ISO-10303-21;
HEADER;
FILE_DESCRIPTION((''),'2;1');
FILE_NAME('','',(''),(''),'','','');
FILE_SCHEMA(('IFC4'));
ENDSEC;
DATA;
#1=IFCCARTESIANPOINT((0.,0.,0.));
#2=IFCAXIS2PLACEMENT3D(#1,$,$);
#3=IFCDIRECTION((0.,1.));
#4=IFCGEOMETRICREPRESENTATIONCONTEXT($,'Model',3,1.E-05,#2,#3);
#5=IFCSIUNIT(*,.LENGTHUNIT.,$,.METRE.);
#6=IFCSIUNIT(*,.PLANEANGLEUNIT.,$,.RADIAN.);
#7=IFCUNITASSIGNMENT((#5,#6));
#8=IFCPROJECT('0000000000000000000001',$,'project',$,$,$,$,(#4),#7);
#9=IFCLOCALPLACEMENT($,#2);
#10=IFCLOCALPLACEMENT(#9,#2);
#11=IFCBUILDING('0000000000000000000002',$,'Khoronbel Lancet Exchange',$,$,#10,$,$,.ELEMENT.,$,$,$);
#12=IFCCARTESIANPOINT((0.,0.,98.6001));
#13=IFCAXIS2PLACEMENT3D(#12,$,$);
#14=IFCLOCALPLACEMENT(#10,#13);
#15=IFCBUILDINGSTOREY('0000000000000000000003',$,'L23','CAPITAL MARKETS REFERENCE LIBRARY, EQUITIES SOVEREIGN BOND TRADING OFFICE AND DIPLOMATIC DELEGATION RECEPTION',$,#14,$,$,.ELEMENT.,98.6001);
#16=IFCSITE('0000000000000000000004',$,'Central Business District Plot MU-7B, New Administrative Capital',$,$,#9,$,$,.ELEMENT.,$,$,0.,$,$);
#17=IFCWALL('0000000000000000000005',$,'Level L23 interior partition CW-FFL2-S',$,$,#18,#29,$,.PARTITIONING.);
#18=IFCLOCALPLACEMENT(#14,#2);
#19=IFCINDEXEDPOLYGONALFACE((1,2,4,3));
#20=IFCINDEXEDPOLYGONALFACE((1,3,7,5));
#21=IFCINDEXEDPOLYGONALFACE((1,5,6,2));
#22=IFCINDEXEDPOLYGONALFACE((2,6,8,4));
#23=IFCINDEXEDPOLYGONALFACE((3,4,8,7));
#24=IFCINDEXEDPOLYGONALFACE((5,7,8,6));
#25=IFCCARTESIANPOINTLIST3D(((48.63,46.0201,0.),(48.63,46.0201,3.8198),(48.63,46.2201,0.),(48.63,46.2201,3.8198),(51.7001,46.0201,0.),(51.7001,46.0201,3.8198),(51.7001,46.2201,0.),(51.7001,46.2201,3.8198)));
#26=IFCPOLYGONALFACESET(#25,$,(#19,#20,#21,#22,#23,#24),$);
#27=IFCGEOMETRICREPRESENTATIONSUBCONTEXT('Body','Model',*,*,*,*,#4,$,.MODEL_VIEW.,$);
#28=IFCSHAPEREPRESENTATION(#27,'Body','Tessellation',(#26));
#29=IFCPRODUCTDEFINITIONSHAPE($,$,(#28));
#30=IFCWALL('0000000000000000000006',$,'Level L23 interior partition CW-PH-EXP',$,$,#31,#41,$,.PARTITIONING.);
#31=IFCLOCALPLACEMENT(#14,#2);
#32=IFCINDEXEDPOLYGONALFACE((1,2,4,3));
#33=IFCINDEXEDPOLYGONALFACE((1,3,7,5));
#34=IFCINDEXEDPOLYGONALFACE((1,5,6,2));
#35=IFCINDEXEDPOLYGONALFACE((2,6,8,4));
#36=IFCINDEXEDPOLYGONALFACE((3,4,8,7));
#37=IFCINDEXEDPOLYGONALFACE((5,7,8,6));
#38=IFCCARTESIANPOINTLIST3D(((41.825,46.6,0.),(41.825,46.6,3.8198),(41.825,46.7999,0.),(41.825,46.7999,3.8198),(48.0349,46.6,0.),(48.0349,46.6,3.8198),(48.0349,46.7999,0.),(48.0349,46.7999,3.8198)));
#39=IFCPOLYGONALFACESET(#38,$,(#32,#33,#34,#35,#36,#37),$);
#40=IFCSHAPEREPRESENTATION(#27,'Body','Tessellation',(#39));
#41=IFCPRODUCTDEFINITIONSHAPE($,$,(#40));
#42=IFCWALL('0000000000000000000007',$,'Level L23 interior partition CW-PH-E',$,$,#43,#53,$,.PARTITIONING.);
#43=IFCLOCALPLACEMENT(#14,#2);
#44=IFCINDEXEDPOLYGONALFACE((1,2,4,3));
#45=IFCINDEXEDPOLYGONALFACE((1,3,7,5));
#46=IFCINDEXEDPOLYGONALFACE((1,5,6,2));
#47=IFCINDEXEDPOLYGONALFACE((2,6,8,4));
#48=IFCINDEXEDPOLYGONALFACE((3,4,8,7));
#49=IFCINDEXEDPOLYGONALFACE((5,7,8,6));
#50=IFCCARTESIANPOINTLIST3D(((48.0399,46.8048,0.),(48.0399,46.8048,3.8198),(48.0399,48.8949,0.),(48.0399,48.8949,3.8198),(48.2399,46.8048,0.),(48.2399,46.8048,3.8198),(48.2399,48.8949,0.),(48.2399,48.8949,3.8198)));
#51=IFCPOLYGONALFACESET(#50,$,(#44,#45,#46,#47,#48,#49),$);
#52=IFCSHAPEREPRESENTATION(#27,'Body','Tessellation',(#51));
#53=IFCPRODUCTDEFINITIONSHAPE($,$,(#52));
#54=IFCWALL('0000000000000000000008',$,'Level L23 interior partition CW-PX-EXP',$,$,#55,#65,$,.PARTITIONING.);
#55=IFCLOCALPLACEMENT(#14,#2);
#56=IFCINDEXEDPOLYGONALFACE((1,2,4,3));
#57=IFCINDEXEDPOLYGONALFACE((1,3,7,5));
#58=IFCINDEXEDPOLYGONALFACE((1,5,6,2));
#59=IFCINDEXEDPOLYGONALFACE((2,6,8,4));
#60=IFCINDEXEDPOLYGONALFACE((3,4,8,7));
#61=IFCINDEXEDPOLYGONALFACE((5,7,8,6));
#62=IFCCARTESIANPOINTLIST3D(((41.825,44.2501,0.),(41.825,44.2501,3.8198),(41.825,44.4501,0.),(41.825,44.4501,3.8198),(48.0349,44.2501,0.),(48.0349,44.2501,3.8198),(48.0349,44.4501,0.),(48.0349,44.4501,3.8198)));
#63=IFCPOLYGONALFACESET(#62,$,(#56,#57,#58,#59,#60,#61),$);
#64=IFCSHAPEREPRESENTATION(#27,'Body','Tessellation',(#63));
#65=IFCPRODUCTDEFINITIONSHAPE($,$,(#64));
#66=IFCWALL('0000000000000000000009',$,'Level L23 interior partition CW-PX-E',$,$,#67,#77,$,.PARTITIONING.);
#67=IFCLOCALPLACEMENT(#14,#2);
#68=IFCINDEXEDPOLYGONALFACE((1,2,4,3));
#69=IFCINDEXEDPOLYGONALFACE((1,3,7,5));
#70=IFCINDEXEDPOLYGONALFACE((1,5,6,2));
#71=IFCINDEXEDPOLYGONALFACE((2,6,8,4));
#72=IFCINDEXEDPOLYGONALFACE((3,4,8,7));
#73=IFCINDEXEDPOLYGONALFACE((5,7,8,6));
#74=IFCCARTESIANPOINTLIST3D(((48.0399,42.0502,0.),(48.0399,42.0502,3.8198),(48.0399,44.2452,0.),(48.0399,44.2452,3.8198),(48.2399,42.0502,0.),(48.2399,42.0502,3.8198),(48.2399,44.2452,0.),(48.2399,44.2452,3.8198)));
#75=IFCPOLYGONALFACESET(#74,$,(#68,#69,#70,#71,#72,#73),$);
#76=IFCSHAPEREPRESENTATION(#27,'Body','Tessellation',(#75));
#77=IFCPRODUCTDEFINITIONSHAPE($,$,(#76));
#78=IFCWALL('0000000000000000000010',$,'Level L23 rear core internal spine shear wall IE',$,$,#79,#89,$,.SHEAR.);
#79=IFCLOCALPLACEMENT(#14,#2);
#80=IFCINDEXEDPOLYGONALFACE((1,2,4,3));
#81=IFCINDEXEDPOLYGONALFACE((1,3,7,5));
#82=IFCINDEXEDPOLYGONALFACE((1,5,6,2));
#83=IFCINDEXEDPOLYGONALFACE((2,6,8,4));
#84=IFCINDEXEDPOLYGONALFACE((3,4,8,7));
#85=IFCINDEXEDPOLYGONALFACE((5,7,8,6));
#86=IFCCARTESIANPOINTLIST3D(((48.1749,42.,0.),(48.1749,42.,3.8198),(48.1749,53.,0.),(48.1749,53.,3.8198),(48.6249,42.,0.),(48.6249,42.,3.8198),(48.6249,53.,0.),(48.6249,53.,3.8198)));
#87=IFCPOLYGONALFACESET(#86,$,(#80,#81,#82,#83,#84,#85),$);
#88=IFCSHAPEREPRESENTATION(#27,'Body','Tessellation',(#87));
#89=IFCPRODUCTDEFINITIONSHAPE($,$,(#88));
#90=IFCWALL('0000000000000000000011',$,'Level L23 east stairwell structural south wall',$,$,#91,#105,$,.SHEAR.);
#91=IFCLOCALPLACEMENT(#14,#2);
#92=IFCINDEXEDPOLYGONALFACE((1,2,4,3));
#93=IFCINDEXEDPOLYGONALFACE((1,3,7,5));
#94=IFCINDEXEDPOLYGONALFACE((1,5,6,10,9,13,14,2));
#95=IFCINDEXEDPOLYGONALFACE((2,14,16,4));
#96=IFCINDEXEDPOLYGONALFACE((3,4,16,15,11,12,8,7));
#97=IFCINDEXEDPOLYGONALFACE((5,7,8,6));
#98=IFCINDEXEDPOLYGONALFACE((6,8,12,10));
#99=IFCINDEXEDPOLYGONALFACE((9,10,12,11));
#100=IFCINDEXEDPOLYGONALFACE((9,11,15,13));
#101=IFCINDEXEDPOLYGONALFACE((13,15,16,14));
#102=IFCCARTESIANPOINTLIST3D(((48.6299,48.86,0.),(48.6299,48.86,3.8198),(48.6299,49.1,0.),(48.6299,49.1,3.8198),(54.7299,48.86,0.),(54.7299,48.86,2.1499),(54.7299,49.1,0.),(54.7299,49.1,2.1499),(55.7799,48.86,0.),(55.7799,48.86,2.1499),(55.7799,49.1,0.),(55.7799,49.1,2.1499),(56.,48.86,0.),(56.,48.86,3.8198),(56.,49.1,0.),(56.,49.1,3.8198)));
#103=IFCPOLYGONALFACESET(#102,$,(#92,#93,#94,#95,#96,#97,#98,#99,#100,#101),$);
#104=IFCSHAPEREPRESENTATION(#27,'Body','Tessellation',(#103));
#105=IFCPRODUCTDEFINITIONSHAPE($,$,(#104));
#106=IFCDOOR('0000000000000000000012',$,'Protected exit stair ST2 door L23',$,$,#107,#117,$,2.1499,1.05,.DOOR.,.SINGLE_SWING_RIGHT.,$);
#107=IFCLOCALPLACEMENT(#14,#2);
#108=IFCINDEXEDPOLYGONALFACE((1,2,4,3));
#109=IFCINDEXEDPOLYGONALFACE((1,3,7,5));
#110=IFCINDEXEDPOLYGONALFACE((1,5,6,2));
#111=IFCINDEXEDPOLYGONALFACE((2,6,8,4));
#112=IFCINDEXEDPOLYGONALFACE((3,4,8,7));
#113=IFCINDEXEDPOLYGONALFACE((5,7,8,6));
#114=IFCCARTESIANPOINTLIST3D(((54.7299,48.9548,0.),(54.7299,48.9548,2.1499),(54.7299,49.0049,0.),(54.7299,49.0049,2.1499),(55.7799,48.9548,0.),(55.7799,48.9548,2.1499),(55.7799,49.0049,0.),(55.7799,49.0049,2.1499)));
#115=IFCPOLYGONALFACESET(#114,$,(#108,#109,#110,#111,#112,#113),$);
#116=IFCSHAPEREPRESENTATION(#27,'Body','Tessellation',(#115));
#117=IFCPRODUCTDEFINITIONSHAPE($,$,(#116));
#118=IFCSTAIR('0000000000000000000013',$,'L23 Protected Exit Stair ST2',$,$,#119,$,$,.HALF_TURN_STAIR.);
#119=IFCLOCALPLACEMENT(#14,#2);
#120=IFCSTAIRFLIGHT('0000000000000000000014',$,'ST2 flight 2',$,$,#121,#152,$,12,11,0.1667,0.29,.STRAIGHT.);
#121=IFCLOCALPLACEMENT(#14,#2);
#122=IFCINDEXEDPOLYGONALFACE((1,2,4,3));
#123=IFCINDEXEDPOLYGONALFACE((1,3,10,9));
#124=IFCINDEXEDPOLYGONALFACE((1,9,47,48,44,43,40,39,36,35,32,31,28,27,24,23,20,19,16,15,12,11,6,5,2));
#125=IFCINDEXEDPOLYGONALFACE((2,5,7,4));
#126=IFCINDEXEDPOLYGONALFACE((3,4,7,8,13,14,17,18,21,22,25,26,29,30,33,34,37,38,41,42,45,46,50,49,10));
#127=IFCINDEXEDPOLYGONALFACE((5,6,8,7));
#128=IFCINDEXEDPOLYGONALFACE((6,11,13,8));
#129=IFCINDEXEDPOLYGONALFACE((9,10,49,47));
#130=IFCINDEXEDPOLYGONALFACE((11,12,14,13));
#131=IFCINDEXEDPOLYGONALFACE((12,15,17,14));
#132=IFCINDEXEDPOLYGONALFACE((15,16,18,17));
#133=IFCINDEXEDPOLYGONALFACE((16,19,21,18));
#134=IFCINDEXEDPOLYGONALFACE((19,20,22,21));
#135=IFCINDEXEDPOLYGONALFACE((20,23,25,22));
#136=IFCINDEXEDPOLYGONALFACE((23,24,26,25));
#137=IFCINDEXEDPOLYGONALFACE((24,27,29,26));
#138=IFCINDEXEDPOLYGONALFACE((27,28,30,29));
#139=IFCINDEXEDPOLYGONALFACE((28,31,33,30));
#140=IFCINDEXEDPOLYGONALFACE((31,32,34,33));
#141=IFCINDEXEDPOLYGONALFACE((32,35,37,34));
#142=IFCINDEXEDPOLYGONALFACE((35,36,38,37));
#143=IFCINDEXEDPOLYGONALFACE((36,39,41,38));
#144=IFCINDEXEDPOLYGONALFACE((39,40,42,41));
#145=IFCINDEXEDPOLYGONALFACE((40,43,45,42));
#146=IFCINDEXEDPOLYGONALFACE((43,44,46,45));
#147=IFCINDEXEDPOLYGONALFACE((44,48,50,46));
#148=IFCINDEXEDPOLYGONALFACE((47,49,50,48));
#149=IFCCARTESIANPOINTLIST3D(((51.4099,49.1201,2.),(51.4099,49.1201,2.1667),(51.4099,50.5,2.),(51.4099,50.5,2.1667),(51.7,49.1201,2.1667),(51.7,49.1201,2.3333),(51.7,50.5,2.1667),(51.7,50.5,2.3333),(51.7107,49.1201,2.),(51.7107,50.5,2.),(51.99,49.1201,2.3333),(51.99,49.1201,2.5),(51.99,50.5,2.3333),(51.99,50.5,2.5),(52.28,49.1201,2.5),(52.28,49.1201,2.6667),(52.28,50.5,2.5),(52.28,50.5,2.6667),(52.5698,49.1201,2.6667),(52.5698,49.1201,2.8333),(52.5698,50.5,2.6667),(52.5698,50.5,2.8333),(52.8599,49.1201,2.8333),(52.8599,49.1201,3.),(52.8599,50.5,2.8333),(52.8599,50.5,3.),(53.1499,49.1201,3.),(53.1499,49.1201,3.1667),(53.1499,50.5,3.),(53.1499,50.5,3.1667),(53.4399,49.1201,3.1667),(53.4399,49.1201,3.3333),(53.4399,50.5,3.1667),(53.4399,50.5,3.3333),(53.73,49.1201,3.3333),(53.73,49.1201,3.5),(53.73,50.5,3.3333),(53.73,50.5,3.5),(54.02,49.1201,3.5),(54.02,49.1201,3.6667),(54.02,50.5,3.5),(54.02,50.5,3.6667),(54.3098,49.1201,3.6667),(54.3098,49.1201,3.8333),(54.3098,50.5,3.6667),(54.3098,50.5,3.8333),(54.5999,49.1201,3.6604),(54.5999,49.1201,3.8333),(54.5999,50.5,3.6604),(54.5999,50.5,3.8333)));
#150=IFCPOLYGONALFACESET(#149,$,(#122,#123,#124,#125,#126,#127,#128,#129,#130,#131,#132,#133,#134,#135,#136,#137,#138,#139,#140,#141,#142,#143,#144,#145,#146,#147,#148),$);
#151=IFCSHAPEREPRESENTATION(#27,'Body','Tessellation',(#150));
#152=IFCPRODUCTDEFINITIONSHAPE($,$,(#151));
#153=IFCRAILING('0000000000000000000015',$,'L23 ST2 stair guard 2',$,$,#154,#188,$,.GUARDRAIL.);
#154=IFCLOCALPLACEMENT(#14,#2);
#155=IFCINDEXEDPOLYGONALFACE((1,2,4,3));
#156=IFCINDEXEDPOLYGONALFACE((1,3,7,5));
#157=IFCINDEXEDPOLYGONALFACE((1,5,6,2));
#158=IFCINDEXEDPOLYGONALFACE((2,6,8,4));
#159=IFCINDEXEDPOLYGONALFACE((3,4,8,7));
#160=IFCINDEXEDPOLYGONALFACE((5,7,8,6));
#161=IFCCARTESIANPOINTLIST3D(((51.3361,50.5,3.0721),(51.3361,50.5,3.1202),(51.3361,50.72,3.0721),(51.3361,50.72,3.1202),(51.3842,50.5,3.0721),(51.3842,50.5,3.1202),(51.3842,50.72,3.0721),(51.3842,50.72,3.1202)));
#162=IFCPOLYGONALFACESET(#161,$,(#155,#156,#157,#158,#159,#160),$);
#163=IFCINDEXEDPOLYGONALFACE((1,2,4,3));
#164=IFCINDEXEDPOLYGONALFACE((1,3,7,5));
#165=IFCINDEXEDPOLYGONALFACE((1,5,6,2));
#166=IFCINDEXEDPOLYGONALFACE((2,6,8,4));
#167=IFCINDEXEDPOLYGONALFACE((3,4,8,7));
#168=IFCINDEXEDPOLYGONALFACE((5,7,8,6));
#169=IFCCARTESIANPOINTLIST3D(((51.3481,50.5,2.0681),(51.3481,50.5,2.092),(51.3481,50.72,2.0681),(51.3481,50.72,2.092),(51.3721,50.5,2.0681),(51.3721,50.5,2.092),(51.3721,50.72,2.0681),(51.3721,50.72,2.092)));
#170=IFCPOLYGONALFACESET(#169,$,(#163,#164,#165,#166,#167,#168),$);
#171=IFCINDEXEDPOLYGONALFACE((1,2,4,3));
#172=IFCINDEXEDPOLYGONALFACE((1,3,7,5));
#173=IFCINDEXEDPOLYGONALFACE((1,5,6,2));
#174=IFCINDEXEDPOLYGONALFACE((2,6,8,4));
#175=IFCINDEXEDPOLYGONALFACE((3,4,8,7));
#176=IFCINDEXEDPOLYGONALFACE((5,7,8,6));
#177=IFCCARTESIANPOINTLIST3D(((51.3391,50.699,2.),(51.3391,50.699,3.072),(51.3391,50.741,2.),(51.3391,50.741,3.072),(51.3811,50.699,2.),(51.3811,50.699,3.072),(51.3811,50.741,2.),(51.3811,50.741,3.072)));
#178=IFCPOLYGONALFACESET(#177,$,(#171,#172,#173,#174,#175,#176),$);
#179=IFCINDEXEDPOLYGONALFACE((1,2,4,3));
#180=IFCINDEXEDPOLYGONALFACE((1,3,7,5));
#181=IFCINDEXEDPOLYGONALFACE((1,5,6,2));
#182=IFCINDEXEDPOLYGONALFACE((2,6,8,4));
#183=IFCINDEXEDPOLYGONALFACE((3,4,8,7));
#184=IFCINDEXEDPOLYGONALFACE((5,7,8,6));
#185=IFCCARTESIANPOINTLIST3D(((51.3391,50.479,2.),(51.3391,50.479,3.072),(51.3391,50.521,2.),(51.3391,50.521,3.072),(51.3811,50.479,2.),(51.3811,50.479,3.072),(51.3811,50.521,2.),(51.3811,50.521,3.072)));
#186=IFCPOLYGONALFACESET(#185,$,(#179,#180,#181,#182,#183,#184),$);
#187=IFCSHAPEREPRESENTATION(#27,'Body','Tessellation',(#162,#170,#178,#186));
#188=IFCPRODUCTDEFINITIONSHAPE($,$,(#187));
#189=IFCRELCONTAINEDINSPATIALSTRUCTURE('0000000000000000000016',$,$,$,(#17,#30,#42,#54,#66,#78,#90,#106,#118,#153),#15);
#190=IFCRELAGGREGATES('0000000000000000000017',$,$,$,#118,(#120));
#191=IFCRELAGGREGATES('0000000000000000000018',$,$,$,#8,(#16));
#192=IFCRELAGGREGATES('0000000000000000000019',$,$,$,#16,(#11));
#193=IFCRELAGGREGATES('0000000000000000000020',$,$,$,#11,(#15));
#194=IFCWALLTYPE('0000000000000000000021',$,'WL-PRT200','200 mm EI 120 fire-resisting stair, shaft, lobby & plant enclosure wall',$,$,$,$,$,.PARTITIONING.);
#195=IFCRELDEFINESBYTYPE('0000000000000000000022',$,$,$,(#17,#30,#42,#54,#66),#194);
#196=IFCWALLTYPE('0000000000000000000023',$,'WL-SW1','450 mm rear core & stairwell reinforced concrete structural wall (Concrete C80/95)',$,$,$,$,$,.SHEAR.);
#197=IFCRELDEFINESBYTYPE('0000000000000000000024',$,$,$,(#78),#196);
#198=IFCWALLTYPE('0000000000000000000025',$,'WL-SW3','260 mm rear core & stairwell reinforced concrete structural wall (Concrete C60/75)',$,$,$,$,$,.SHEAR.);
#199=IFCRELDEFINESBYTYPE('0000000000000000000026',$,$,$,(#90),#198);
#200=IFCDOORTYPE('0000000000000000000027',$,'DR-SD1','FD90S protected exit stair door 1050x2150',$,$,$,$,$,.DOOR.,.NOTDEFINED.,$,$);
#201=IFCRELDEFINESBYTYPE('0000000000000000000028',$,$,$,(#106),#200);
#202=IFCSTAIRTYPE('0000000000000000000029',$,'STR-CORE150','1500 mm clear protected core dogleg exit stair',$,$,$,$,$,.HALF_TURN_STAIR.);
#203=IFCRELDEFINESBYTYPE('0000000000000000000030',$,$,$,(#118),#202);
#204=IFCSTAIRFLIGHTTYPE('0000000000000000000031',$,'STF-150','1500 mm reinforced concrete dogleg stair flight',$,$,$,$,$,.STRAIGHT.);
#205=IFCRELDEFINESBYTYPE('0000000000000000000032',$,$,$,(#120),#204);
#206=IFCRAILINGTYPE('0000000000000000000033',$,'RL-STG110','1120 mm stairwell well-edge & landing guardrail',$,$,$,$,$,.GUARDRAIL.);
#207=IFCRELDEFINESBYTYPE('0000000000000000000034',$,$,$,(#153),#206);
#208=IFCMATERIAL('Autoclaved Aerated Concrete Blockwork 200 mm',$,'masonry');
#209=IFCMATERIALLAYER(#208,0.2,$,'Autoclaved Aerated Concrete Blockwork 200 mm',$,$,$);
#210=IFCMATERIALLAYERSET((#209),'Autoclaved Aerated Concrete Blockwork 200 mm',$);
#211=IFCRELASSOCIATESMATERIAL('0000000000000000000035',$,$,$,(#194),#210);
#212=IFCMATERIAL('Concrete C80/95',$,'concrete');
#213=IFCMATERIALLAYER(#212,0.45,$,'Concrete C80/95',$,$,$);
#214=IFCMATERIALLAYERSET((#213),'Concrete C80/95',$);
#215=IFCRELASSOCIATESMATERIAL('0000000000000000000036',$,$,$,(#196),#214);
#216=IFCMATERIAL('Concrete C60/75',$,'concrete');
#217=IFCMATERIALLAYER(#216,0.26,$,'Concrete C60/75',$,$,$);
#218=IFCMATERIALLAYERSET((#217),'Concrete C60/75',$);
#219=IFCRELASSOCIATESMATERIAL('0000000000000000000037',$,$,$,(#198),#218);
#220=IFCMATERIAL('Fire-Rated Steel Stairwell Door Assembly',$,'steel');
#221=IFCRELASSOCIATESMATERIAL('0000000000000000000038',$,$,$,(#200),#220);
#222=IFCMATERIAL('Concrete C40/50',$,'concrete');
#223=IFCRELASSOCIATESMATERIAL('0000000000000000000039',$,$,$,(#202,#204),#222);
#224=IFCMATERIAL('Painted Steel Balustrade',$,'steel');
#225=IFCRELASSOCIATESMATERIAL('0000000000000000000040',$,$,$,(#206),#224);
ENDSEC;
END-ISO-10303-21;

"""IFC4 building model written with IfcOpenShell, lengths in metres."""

from ifc_helpers import new_model, si_unit, direction, frame, frame_2d, origin, origin_2d, place, context, subcontext, project, spatial, polyline, rectangle, outline, extrude, material, layer, layer_set, type_object, element, fill, aggregate, save


model = new_model("IFC4")

# Units and contexts
model_context = context("Model", 3, precision=1e-05, world=origin(), true_north=direction((0.0, 1.0)))
body_context = subcontext(model_context, "Body", "Model", "MODEL_VIEW")
ifc_project = project(units=[si_unit("LENGTHUNIT", "METRE"), si_unit("PLANEANGLEUNIT", "RADIAN")], contexts=[model_context])

# Site, building, storey
site_placement = place(None, origin())
site = spatial("IfcSite", under=ifc_project, at=site_placement, Name="Central Business District Plot MU-7B, New Administrative Capital", CompositionType="ELEMENT", RefElevation=0.0)
building_placement = place(site_placement, origin())
building = spatial("IfcBuilding", under=site, at=building_placement, Name="Khoronbel Lancet Exchange", CompositionType="ELEMENT")
storey_placement = place(building_placement, frame((0.0, 0.0, 98.6001)))
storey = spatial("IfcBuildingStorey", under=building, at=storey_placement, Name="L23", Description="CAPITAL MARKETS REFERENCE LIBRARY, EQUITIES SOVEREIGN BOND TRADING OFFICE AND DIPLOMATIC DELEGATION RECEPTION", CompositionType="ELEMENT", Elevation=98.6001)

# Walls
ifc_material_1 = material(Name="Autoclaved Aerated Concrete Blockwork 200 mm", Category="masonry")
ifc_layer_1 = layer(ifc_material_1, 0.2, Name="Autoclaved Aerated Concrete Blockwork 200 mm")
ifc_layer_set_1 = layer_set([ifc_layer_1], Name="Autoclaved Aerated Concrete Blockwork 200 mm")
wall_type_1 = type_object("IfcWallType", Name="WL-PRT200", Description="200 mm EI 120 fire-resisting stair, shaft, lobby & plant enclosure wall", PredefinedType="PARTITIONING", material=ifc_layer_set_1)
wall_1_placement = place(storey_placement, frame((48.6299, 46.1201, 0.0), z_axis=(0.0, 0.0, 1.0), x_axis=(1.0, 0.0, 0.0)))
element("IfcWall", 1, at=wall_1_placement, inside=storey, type_object=wall_type_1, Name="Level L23 interior partition CW-FFL2-S", PredefinedType="PARTITIONING", context=body_context, shape_type="SweptSolid", body=[
    extrude(rectangle(XDim=3.0701, YDim=0.2, at=frame_2d((1.5352, 0.0))), origin(), (0.0, 0.0, 1.0), 3.8198),
])
wall_2_placement = place(storey_placement, frame((41.825, 46.7, 0.0), z_axis=(0.0, 0.0, 1.0), x_axis=(1.0, 0.0, 0.0)))
element("IfcWall", 2, at=wall_2_placement, inside=storey, type_object=wall_type_1, Name="Level L23 interior partition CW-PH-EXP", PredefinedType="PARTITIONING", context=body_context, shape_type="SweptSolid", body=[
    extrude(rectangle(XDim=6.21, YDim=0.2, at=frame_2d((3.105, 0.0))), origin(), (0.0, 0.0, 1.0), 3.8198),
])
wall_3_placement = place(storey_placement, frame((48.1399, 46.8049, 0.0), z_axis=(0.0, 0.0, 1.0), x_axis=(0.0, 1.0, 0.0)))
element("IfcWall", 3, at=wall_3_placement, inside=storey, type_object=wall_type_1, Name="Level L23 interior partition CW-PH-E", PredefinedType="PARTITIONING", context=body_context, shape_type="SweptSolid", body=[
    extrude(rectangle(XDim=2.0901, YDim=0.2, at=frame_2d((1.0449, 0.0))), origin(), (0.0, 0.0, 1.0), 3.8198),
])
wall_4_placement = place(storey_placement, frame((41.825, 44.3501, 0.0), z_axis=(0.0, 0.0, 1.0), x_axis=(1.0, 0.0, 0.0)))
element("IfcWall", 4, at=wall_4_placement, inside=storey, type_object=wall_type_1, Name="Level L23 interior partition CW-PX-EXP", PredefinedType="PARTITIONING", context=body_context, shape_type="SweptSolid", body=[
    extrude(rectangle(XDim=6.21, YDim=0.2, at=frame_2d((3.105, 0.0))), origin(), (0.0, 0.0, 1.0), 3.8198),
])
wall_5_placement = place(storey_placement, frame((48.1399, 42.05, 0.0), z_axis=(0.0, 0.0, 1.0), x_axis=(0.0, 1.0, 0.0)))
element("IfcWall", 5, at=wall_5_placement, inside=storey, type_object=wall_type_1, Name="Level L23 interior partition CW-PX-E", PredefinedType="PARTITIONING", context=body_context, shape_type="SweptSolid", body=[
    extrude(rectangle(XDim=2.1951, YDim=0.2, at=frame_2d((1.0977, 0.0))), origin(), (0.0, 0.0, 1.0), 3.8198),
])
ifc_material_2 = material(Name="Concrete C80/95", Category="concrete")
ifc_layer_2 = layer(ifc_material_2, 0.45, Name="Concrete C80/95")
ifc_layer_set_2 = layer_set([ifc_layer_2], Name="Concrete C80/95")
wall_type_2 = type_object("IfcWallType", Name="WL-SW1", Description="450 mm rear core & stairwell reinforced concrete structural wall (Concrete C80/95)", PredefinedType="SHEAR", material=ifc_layer_set_2)
wall_6_placement = place(storey_placement, frame((48.3999, 42.0, 0.0), z_axis=(0.0, 0.0, 1.0), x_axis=(0.0, 1.0, 0.0)))
element("IfcWall", 6, at=wall_6_placement, inside=storey, type_object=wall_type_2, Name="Level L23 rear core internal spine shear wall IE", PredefinedType="SHEAR", context=body_context, shape_type="SweptSolid", body=[
    extrude(rectangle(XDim=11.0, YDim=0.45, at=frame_2d((5.5, 0.0))), origin(), (0.0, 0.0, 1.0), 3.8198),
])

# Wall, opening, door
ifc_material_3 = material(Name="Concrete C60/75", Category="concrete")
ifc_layer_3 = layer(ifc_material_3, 0.26, Name="Concrete C60/75")
ifc_layer_set_3 = layer_set([ifc_layer_3], Name="Concrete C60/75")
wall_type_3 = type_object("IfcWallType", Name="WL-SW3", Description="260 mm rear core & stairwell reinforced concrete structural wall (Concrete C60/75)", PredefinedType="SHEAR", material=ifc_layer_set_3)
wall_7_placement = place(storey_placement, frame((48.6299, 48.98, 0.0), z_axis=(0.0, 0.0, 1.0), x_axis=(1.0, 0.0, 0.0)))
wall_7 = element("IfcWall", 7, at=wall_7_placement, inside=storey, type_object=wall_type_3, Name="Level L23 east stairwell structural south wall", PredefinedType="SHEAR", context=body_context, shape_type="SweptSolid", body=[
    extrude(rectangle(XDim=7.3701, YDim=0.24, at=frame_2d((3.6851, 0.0))), origin(), (0.0, 0.0, 1.0), 3.8198),
])
opening_placement = place(wall_7_placement, frame((6.1001, 0.0, 0.0)))
opening = element("IfcOpeningElement", 8, at=opening_placement, cuts=wall_7, PredefinedType="OPENING", context=body_context, shape_type="SweptSolid", body=[
    extrude(rectangle(XDim=1.05, YDim=2.1499, at=frame_2d((0.5249, 1.075))), frame((0.0, 0.1299, 0.0), z_axis=(0.0, -1.0, 0.0), x_axis=(1.0, 0.0, 0.0)), (0.0, 0.0, 1.0), 0.26),
])
ifc_material_4 = material(Name="Fire-Rated Steel Stairwell Door Assembly", Category="steel")
door_type = type_object("IfcDoorType", Name="DR-SD1", Description="FD90S protected exit stair door 1050x2150", OperationType="NOTDEFINED", PredefinedType="DOOR", material=ifc_material_4)
door_placement = place(opening_placement, origin())
door = element("IfcDoor", 9, at=door_placement, inside=storey, type_object=door_type, Name="Protected exit stair ST2 door L23", OperationType="SINGLE_SWING_RIGHT", OverallHeight=2.1499, OverallWidth=1.05, PredefinedType="DOOR", context=body_context, shape_type="SweptSolid", body=[
    extrude(rectangle(XDim=1.05, YDim=2.1499, at=frame_2d((0.5249, 1.075))), frame((0.0, 0.0249, 0.0), z_axis=(0.0, -1.0, 0.0), x_axis=(1.0, 0.0, 0.0)), (0.0, 0.0, 1.0), 0.05),
])
fill(opening, door)

# Stair, stair flight
ifc_material_5 = material(Name="Concrete C40/50", Category="concrete")
stair_type = type_object("IfcStairType", Name="STR-CORE150", Description="1500 mm clear protected core dogleg exit stair", PredefinedType="HALF_TURN_STAIR", material=ifc_material_5)
stair_placement = place(storey_placement, origin())
stair = element("IfcStair", 10, at=stair_placement, inside=storey, type_object=stair_type, Name="L23 Protected Exit Stair ST2", PredefinedType="HALF_TURN_STAIR")
stair_flight_type = type_object("IfcStairFlightType", Name="STF-150", Description="1500 mm reinforced concrete dogleg stair flight", PredefinedType="STRAIGHT", material=ifc_material_5)
stair_flight_placement = place(storey_placement, frame((51.4099, 49.8101, 2.0), z_axis=(0.0, 0.0, 1.0), x_axis=(1.0, 0.0, 0.0)))
stair_flight = element("IfcStairFlight", 11, at=stair_flight_placement, type_object=stair_flight_type, Name="ST2 flight 2", NumberOfRisers=12, NumberOfTreads=11, PredefinedType="STRAIGHT", RiserHeight=0.1667, TreadLength=0.29, context=body_context, shape_type="SweptSolid", body=[
    extrude(outline(polyline([(0.0, 0.0), (0.0, 0.1667), (0.29, 0.1667), (0.29, 0.3333), (0.5801, 0.3333), (0.5801, 0.5), (0.8701, 0.5), (0.8701, 0.6667), (1.1599, 0.6667), (1.1599, 0.8333), (1.45, 0.8333), (1.45, 1.0), (1.74, 1.0), (1.74, 1.1667), (2.03, 1.1667), (2.03, 1.3333), (2.3201, 1.3333), (2.3201, 1.5), (2.6101, 1.5), (2.6101, 1.6667), (2.8999, 1.6667), (2.8999, 1.8333), (3.1899, 1.8333), (3.1899, 2.0), (3.1899, 1.6604), (0.3008, 0.0), (0.0, 0.0)])), frame((0.0, 0.6899, 0.0), z_axis=(0.0, -1.0, 0.0), x_axis=(1.0, 0.0, 0.0)), (0.0, 0.0, 1.0), 1.3799),
])
aggregate(stair, [stair_flight])

# Railing
ifc_material_6 = material(Name="Painted Steel Balustrade", Category="steel")
railing_type_1 = type_object("IfcRailingType", Name="RL-STG110", Description="1120 mm stairwell well-edge & landing guardrail", PredefinedType="GUARDRAIL", material=ifc_material_6)
railing_1_placement = place(storey_placement, frame((51.3601, 50.72, 2.0)))
element("IfcRailing", 12, at=railing_1_placement, inside=storey, type_object=railing_type_1, Name="L23 ST2 stair guard 2", PredefinedType="GUARDRAIL", context=body_context, shape_type="SweptSolid", body=[
    extrude(rectangle(XDim=0.0481, YDim=0.0481, at=origin_2d()), frame((0.0, 0.0, 1.0962), z_axis=(0.0, -1.0, 0.0), x_axis=(1.0, 0.0, 0.0)), (0.0, 0.0, 1.0), 0.22),
    extrude(rectangle(XDim=0.0239, YDim=0.0239, at=origin_2d()), frame((0.0, 0.0, 0.0801), z_axis=(0.0, -1.0, 0.0), x_axis=(1.0, 0.0, 0.0)), (0.0, 0.0, 1.0), 0.22),
    extrude(rectangle(XDim=0.042, YDim=0.042, at=origin_2d()), origin(), (0.0, 0.0, 1.0), 1.072),
    extrude(rectangle(XDim=0.042, YDim=0.042, at=origin_2d()), frame((0.0, -0.22, 0.0)), (0.0, 0.0, 1.0), 1.072),
])

save(model, "model.ifc")
